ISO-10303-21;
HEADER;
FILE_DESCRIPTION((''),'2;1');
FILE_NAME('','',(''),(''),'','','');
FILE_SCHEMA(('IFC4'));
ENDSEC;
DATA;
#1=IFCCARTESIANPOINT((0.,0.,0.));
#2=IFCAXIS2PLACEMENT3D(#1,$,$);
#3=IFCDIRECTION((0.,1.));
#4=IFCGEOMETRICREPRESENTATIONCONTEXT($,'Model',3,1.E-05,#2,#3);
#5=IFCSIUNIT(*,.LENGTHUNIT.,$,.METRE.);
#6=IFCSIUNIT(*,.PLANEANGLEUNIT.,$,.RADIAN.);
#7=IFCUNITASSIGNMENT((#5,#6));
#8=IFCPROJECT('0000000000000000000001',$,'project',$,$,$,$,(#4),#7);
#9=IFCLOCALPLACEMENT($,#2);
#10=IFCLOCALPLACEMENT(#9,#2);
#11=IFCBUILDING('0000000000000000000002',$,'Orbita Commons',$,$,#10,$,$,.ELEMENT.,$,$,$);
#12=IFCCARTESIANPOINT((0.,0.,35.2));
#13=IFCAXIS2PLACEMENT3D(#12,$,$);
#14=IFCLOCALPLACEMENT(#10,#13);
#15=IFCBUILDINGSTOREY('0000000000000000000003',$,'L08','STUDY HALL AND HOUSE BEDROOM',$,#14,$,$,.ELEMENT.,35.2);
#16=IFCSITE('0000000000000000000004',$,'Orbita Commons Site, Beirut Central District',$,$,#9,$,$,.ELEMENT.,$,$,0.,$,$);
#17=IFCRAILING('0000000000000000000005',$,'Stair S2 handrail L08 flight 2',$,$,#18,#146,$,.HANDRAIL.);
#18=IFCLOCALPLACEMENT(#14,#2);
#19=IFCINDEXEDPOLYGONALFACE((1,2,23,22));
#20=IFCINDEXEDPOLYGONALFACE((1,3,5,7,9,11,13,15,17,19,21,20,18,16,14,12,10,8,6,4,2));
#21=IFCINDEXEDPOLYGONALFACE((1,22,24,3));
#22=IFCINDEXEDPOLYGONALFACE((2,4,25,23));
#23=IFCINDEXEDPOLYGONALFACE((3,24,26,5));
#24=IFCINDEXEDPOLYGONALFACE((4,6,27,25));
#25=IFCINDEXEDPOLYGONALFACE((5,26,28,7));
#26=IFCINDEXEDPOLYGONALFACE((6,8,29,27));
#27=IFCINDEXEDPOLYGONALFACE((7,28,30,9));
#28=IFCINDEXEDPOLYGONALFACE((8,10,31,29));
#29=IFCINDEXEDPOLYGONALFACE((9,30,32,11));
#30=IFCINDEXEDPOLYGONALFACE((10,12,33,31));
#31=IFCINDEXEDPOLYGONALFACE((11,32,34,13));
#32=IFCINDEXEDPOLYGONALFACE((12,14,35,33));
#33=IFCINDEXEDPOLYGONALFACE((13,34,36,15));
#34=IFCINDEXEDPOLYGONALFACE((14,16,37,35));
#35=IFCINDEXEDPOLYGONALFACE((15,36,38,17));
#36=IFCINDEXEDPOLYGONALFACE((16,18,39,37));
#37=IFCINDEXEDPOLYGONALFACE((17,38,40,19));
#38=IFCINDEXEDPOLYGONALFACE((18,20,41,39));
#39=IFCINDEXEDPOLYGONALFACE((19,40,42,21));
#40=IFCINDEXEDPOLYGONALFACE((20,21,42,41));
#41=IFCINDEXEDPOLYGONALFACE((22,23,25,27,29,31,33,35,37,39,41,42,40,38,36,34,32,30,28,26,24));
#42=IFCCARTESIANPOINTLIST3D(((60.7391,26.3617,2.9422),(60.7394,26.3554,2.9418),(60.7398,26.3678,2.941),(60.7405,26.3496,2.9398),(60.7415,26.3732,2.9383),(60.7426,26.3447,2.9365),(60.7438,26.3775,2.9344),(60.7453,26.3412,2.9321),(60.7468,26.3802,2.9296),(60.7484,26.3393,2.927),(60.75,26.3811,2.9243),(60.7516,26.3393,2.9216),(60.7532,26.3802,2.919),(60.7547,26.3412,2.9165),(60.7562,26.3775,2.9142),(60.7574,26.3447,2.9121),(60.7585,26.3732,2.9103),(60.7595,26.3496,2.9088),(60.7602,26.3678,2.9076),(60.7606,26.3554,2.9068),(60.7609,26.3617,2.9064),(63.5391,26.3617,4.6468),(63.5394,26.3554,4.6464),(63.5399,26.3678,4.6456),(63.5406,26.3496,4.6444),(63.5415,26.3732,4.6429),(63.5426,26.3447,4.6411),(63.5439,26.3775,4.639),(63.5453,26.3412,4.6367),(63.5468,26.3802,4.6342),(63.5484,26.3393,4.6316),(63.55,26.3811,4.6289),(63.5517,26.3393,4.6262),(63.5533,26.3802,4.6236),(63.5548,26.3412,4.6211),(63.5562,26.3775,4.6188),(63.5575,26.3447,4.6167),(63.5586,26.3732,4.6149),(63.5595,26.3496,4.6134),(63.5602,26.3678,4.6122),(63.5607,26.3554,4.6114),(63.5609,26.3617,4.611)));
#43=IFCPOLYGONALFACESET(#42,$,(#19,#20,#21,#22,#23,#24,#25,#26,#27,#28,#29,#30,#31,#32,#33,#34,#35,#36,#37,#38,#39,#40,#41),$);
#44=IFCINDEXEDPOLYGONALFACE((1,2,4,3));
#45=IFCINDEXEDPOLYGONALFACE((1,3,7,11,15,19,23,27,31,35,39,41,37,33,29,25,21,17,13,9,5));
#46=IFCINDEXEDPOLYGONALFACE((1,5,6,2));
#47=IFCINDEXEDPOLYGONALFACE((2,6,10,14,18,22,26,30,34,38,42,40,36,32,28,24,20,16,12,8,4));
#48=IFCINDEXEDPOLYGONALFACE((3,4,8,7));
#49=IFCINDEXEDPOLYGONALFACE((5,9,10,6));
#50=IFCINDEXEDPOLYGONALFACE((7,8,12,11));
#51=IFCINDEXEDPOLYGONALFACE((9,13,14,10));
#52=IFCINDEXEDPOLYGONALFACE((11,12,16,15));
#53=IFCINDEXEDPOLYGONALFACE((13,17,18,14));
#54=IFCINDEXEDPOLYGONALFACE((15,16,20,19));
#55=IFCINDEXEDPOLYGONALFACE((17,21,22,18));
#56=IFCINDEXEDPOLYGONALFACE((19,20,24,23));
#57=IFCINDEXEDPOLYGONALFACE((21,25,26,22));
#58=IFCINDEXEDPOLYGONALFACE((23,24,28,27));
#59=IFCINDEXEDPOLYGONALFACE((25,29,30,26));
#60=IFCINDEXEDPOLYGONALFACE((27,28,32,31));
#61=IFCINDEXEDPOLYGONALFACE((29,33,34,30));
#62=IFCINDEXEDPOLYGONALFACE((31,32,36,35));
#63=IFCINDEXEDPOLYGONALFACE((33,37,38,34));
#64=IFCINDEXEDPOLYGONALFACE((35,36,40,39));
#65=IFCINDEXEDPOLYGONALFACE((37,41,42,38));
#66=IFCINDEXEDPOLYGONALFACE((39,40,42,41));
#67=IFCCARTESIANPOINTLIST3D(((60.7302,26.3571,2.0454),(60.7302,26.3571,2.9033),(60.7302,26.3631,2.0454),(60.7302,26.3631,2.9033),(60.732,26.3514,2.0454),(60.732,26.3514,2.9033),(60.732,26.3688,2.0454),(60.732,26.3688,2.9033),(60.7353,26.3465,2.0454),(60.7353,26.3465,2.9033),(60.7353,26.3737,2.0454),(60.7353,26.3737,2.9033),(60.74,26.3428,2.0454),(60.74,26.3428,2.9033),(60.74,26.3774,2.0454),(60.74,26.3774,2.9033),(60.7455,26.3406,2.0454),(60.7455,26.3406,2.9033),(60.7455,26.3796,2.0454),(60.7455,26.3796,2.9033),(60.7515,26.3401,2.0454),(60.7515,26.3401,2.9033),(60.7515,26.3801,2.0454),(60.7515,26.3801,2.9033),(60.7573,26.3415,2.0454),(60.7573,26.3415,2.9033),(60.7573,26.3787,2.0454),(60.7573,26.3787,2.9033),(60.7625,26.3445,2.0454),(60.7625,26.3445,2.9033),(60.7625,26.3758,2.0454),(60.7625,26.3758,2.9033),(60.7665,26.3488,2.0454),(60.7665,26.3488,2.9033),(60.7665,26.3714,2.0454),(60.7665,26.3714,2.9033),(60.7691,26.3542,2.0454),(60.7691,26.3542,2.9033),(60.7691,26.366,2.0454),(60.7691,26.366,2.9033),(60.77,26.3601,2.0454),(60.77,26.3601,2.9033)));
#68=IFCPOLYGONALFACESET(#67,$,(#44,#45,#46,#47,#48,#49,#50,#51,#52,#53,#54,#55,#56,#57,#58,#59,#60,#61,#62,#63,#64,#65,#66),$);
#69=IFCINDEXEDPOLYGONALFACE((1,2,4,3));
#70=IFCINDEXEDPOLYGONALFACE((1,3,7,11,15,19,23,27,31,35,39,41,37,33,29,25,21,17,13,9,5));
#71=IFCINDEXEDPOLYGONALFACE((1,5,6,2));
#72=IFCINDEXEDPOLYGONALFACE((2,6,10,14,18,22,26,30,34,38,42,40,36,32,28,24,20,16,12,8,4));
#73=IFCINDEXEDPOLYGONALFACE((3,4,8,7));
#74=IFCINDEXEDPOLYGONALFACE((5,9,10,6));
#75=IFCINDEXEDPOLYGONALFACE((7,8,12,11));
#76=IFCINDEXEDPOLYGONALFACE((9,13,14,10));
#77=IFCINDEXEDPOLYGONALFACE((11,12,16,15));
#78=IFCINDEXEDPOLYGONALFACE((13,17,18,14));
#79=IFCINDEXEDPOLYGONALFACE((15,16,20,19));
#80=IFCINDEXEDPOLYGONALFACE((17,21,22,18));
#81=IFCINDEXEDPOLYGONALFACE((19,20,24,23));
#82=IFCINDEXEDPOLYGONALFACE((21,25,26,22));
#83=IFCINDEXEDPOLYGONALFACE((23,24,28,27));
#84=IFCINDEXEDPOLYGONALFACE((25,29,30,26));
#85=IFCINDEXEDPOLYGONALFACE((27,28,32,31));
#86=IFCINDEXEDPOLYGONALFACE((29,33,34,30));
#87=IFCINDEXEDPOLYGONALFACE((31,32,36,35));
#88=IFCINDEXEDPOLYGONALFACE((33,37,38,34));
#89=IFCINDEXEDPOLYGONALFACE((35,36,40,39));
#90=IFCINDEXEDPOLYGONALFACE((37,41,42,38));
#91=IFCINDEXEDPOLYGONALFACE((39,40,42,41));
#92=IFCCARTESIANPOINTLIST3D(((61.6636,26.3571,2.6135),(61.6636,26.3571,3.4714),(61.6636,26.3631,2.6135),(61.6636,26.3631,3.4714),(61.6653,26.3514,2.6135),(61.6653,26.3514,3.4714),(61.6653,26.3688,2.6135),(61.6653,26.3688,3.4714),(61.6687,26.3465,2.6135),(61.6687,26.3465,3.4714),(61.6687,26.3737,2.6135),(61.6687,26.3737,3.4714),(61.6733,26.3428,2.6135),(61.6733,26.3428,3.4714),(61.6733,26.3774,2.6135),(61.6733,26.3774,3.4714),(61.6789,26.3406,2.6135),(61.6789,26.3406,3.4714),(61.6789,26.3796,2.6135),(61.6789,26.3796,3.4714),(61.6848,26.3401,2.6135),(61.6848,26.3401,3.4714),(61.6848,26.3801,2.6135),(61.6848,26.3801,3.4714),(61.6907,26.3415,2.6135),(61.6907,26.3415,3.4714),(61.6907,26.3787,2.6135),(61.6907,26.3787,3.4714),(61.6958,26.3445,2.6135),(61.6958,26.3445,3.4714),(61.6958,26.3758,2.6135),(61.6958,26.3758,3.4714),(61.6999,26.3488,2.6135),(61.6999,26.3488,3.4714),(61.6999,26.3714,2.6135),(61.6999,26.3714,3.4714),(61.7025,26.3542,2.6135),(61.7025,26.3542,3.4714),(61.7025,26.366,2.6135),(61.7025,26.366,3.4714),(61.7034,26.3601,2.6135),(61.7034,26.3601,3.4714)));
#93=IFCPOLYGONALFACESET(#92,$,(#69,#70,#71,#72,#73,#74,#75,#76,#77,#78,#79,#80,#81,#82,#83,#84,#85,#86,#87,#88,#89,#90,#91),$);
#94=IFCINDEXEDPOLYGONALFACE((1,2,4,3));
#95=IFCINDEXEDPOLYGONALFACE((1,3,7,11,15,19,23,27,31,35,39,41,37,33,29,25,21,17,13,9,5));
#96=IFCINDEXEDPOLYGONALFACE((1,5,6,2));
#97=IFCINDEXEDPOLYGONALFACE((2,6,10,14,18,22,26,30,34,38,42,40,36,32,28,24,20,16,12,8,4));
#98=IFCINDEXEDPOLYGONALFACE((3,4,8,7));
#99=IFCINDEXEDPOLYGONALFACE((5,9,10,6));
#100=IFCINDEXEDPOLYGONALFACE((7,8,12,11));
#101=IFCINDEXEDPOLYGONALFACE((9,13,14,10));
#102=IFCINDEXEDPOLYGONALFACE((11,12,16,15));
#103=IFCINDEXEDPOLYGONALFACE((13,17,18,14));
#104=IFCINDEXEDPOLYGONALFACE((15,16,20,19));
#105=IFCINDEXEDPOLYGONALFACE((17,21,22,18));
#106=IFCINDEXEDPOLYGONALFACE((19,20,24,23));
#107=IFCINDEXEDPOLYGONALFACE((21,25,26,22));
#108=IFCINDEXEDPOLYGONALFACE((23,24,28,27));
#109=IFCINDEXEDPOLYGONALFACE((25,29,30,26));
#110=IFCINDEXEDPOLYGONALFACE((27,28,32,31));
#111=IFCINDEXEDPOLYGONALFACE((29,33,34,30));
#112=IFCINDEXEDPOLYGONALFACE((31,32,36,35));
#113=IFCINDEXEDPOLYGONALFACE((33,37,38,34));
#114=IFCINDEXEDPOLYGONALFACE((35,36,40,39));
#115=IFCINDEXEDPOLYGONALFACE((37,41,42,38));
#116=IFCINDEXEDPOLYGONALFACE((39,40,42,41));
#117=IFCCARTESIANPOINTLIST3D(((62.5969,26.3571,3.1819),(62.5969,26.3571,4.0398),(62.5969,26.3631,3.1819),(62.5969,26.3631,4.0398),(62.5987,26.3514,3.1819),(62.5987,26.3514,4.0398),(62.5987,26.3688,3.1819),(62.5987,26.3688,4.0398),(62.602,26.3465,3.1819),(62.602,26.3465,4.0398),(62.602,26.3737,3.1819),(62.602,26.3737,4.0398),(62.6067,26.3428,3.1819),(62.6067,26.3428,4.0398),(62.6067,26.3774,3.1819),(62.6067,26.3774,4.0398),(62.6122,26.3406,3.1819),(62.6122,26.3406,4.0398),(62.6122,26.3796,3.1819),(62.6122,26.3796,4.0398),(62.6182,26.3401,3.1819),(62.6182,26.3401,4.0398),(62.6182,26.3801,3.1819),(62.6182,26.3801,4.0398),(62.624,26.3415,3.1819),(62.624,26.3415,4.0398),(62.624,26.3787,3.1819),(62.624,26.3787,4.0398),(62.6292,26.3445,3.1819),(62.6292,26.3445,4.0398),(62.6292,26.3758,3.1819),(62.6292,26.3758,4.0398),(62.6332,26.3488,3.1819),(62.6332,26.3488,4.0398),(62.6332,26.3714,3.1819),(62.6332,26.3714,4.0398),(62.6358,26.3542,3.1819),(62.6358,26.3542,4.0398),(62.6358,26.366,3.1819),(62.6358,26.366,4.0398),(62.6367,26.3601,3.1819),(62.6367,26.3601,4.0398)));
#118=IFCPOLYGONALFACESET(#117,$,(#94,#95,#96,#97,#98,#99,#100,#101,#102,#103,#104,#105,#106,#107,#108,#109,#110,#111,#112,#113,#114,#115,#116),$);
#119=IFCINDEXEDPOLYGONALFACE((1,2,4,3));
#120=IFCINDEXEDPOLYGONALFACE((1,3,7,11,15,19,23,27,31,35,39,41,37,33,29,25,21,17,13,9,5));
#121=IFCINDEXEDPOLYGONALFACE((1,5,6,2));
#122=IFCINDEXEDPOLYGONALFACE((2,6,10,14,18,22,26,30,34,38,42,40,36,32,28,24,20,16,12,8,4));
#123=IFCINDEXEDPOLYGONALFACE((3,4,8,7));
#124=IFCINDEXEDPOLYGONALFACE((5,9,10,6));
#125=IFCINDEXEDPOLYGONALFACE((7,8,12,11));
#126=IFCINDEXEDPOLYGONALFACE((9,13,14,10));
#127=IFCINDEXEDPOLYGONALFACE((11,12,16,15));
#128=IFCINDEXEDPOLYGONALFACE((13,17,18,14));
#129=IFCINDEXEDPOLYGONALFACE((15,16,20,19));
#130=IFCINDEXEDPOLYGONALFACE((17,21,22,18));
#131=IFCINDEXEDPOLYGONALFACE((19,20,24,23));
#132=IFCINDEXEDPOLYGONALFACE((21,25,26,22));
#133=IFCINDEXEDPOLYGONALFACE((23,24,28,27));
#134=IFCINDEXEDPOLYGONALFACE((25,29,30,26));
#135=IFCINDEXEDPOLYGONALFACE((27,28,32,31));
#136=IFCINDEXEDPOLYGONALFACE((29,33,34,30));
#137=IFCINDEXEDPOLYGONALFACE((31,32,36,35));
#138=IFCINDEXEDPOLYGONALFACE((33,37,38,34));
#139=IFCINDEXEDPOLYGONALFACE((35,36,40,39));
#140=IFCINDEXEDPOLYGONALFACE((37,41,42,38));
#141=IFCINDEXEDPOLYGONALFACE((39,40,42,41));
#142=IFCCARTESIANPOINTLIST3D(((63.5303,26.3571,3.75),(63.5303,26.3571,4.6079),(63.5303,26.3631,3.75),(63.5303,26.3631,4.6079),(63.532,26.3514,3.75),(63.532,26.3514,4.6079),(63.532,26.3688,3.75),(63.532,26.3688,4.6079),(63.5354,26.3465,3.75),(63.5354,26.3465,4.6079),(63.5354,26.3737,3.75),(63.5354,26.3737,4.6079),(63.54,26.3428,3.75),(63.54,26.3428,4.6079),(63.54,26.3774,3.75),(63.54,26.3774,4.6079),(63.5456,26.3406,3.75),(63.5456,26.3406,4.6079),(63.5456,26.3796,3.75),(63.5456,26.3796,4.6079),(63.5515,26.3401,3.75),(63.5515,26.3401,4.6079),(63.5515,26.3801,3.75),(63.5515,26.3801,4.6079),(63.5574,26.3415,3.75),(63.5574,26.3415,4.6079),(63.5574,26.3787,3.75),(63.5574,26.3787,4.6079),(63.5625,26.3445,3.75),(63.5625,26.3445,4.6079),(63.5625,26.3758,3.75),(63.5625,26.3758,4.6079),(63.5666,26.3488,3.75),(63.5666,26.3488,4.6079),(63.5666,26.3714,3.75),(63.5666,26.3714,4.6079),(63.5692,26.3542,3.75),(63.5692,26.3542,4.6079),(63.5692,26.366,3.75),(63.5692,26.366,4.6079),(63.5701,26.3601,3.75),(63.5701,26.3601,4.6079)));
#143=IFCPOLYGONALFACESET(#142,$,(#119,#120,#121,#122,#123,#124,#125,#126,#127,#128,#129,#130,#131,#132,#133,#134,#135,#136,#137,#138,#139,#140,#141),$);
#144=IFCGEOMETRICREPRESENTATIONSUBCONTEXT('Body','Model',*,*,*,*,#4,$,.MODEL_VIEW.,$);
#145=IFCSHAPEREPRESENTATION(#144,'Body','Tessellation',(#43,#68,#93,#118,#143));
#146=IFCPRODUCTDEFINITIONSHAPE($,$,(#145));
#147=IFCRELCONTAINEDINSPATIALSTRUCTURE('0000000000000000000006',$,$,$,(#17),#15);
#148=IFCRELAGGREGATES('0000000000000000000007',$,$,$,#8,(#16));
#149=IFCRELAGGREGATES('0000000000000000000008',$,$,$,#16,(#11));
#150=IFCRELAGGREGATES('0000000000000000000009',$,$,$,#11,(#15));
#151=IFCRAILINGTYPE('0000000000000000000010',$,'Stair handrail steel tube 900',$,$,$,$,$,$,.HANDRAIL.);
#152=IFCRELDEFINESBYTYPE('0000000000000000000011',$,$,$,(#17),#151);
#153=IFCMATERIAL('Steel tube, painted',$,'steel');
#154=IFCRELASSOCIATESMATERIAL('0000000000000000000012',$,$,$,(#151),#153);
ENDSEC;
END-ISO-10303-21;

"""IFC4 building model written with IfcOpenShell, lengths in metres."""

from ifc_helpers import new_model, si_unit, direction, frame, origin, origin_2d, place, context, subcontext, project, spatial, circle, extrude, material, type_object, element, save


model = new_model("IFC4")

# Units and contexts
model_context = context("Model", 3, precision=1e-05, world=origin(), true_north=direction((0.0, 1.0)))
body_context = subcontext(model_context, "Body", "Model", "MODEL_VIEW")
ifc_project = project(units=[si_unit("LENGTHUNIT", "METRE"), si_unit("PLANEANGLEUNIT", "RADIAN")], contexts=[model_context])

# Site, building, storey
site_placement = place(None, origin())
site = spatial("IfcSite", under=ifc_project, at=site_placement, Name="Orbita Commons Site, Beirut Central District", CompositionType="ELEMENT", RefElevation=0.0)
building_placement = place(site_placement, origin())
building = spatial("IfcBuilding", under=site, at=building_placement, Name="Orbita Commons", CompositionType="ELEMENT")
storey_placement = place(building_placement, frame((0.0, 0.0, 35.2)))
storey = spatial("IfcBuildingStorey", under=building, at=storey_placement, Name="L08", Description="STUDY HALL AND HOUSE BEDROOM", CompositionType="ELEMENT", Elevation=35.2)

# Railing
ifc_material_1 = material(Name="Steel tube, painted", Category="steel")
railing_type = type_object("IfcRailingType", Name="Stair handrail steel tube 900", PredefinedType="HANDRAIL", material=ifc_material_1)
for number, where, name in (
    (1, (60.75, 26.3601, 2.0454), "Stair S2 handrail L08 flight 2"),
):
    element("IfcRailing", number, at=place(storey_placement, frame(where)), inside=storey, type_object=railing_type, Name=name, PredefinedType="HANDRAIL", context=body_context, shape_type="SweptSolid", body=[
        extrude(circle(Radius=0.021, at=origin_2d()), frame((0.0, 0.0, 0.8789), z_axis=(0.85417, 0.0, 0.519994), x_axis=(0.0, 1.0, 0.0)), (0.0, 0.0, 1.0), 3.2781),
        extrude(circle(Radius=0.02, at=origin_2d()), origin(), (0.0, 0.0, 1.0), 0.8579),
        extrude(circle(Radius=0.02, at=origin_2d()), frame((0.9333, 0.0, 0.5681)), (0.0, 0.0, 1.0), 0.8579),
        extrude(circle(Radius=0.02, at=origin_2d()), frame((1.8667, 0.0, 1.1365)), (0.0, 0.0, 1.0), 0.8579),
        extrude(circle(Radius=0.02, at=origin_2d()), frame((2.8, 0.0, 1.7046)), (0.0, 0.0, 1.0), 0.8579),
    ])

save(model, "model.ifc")
